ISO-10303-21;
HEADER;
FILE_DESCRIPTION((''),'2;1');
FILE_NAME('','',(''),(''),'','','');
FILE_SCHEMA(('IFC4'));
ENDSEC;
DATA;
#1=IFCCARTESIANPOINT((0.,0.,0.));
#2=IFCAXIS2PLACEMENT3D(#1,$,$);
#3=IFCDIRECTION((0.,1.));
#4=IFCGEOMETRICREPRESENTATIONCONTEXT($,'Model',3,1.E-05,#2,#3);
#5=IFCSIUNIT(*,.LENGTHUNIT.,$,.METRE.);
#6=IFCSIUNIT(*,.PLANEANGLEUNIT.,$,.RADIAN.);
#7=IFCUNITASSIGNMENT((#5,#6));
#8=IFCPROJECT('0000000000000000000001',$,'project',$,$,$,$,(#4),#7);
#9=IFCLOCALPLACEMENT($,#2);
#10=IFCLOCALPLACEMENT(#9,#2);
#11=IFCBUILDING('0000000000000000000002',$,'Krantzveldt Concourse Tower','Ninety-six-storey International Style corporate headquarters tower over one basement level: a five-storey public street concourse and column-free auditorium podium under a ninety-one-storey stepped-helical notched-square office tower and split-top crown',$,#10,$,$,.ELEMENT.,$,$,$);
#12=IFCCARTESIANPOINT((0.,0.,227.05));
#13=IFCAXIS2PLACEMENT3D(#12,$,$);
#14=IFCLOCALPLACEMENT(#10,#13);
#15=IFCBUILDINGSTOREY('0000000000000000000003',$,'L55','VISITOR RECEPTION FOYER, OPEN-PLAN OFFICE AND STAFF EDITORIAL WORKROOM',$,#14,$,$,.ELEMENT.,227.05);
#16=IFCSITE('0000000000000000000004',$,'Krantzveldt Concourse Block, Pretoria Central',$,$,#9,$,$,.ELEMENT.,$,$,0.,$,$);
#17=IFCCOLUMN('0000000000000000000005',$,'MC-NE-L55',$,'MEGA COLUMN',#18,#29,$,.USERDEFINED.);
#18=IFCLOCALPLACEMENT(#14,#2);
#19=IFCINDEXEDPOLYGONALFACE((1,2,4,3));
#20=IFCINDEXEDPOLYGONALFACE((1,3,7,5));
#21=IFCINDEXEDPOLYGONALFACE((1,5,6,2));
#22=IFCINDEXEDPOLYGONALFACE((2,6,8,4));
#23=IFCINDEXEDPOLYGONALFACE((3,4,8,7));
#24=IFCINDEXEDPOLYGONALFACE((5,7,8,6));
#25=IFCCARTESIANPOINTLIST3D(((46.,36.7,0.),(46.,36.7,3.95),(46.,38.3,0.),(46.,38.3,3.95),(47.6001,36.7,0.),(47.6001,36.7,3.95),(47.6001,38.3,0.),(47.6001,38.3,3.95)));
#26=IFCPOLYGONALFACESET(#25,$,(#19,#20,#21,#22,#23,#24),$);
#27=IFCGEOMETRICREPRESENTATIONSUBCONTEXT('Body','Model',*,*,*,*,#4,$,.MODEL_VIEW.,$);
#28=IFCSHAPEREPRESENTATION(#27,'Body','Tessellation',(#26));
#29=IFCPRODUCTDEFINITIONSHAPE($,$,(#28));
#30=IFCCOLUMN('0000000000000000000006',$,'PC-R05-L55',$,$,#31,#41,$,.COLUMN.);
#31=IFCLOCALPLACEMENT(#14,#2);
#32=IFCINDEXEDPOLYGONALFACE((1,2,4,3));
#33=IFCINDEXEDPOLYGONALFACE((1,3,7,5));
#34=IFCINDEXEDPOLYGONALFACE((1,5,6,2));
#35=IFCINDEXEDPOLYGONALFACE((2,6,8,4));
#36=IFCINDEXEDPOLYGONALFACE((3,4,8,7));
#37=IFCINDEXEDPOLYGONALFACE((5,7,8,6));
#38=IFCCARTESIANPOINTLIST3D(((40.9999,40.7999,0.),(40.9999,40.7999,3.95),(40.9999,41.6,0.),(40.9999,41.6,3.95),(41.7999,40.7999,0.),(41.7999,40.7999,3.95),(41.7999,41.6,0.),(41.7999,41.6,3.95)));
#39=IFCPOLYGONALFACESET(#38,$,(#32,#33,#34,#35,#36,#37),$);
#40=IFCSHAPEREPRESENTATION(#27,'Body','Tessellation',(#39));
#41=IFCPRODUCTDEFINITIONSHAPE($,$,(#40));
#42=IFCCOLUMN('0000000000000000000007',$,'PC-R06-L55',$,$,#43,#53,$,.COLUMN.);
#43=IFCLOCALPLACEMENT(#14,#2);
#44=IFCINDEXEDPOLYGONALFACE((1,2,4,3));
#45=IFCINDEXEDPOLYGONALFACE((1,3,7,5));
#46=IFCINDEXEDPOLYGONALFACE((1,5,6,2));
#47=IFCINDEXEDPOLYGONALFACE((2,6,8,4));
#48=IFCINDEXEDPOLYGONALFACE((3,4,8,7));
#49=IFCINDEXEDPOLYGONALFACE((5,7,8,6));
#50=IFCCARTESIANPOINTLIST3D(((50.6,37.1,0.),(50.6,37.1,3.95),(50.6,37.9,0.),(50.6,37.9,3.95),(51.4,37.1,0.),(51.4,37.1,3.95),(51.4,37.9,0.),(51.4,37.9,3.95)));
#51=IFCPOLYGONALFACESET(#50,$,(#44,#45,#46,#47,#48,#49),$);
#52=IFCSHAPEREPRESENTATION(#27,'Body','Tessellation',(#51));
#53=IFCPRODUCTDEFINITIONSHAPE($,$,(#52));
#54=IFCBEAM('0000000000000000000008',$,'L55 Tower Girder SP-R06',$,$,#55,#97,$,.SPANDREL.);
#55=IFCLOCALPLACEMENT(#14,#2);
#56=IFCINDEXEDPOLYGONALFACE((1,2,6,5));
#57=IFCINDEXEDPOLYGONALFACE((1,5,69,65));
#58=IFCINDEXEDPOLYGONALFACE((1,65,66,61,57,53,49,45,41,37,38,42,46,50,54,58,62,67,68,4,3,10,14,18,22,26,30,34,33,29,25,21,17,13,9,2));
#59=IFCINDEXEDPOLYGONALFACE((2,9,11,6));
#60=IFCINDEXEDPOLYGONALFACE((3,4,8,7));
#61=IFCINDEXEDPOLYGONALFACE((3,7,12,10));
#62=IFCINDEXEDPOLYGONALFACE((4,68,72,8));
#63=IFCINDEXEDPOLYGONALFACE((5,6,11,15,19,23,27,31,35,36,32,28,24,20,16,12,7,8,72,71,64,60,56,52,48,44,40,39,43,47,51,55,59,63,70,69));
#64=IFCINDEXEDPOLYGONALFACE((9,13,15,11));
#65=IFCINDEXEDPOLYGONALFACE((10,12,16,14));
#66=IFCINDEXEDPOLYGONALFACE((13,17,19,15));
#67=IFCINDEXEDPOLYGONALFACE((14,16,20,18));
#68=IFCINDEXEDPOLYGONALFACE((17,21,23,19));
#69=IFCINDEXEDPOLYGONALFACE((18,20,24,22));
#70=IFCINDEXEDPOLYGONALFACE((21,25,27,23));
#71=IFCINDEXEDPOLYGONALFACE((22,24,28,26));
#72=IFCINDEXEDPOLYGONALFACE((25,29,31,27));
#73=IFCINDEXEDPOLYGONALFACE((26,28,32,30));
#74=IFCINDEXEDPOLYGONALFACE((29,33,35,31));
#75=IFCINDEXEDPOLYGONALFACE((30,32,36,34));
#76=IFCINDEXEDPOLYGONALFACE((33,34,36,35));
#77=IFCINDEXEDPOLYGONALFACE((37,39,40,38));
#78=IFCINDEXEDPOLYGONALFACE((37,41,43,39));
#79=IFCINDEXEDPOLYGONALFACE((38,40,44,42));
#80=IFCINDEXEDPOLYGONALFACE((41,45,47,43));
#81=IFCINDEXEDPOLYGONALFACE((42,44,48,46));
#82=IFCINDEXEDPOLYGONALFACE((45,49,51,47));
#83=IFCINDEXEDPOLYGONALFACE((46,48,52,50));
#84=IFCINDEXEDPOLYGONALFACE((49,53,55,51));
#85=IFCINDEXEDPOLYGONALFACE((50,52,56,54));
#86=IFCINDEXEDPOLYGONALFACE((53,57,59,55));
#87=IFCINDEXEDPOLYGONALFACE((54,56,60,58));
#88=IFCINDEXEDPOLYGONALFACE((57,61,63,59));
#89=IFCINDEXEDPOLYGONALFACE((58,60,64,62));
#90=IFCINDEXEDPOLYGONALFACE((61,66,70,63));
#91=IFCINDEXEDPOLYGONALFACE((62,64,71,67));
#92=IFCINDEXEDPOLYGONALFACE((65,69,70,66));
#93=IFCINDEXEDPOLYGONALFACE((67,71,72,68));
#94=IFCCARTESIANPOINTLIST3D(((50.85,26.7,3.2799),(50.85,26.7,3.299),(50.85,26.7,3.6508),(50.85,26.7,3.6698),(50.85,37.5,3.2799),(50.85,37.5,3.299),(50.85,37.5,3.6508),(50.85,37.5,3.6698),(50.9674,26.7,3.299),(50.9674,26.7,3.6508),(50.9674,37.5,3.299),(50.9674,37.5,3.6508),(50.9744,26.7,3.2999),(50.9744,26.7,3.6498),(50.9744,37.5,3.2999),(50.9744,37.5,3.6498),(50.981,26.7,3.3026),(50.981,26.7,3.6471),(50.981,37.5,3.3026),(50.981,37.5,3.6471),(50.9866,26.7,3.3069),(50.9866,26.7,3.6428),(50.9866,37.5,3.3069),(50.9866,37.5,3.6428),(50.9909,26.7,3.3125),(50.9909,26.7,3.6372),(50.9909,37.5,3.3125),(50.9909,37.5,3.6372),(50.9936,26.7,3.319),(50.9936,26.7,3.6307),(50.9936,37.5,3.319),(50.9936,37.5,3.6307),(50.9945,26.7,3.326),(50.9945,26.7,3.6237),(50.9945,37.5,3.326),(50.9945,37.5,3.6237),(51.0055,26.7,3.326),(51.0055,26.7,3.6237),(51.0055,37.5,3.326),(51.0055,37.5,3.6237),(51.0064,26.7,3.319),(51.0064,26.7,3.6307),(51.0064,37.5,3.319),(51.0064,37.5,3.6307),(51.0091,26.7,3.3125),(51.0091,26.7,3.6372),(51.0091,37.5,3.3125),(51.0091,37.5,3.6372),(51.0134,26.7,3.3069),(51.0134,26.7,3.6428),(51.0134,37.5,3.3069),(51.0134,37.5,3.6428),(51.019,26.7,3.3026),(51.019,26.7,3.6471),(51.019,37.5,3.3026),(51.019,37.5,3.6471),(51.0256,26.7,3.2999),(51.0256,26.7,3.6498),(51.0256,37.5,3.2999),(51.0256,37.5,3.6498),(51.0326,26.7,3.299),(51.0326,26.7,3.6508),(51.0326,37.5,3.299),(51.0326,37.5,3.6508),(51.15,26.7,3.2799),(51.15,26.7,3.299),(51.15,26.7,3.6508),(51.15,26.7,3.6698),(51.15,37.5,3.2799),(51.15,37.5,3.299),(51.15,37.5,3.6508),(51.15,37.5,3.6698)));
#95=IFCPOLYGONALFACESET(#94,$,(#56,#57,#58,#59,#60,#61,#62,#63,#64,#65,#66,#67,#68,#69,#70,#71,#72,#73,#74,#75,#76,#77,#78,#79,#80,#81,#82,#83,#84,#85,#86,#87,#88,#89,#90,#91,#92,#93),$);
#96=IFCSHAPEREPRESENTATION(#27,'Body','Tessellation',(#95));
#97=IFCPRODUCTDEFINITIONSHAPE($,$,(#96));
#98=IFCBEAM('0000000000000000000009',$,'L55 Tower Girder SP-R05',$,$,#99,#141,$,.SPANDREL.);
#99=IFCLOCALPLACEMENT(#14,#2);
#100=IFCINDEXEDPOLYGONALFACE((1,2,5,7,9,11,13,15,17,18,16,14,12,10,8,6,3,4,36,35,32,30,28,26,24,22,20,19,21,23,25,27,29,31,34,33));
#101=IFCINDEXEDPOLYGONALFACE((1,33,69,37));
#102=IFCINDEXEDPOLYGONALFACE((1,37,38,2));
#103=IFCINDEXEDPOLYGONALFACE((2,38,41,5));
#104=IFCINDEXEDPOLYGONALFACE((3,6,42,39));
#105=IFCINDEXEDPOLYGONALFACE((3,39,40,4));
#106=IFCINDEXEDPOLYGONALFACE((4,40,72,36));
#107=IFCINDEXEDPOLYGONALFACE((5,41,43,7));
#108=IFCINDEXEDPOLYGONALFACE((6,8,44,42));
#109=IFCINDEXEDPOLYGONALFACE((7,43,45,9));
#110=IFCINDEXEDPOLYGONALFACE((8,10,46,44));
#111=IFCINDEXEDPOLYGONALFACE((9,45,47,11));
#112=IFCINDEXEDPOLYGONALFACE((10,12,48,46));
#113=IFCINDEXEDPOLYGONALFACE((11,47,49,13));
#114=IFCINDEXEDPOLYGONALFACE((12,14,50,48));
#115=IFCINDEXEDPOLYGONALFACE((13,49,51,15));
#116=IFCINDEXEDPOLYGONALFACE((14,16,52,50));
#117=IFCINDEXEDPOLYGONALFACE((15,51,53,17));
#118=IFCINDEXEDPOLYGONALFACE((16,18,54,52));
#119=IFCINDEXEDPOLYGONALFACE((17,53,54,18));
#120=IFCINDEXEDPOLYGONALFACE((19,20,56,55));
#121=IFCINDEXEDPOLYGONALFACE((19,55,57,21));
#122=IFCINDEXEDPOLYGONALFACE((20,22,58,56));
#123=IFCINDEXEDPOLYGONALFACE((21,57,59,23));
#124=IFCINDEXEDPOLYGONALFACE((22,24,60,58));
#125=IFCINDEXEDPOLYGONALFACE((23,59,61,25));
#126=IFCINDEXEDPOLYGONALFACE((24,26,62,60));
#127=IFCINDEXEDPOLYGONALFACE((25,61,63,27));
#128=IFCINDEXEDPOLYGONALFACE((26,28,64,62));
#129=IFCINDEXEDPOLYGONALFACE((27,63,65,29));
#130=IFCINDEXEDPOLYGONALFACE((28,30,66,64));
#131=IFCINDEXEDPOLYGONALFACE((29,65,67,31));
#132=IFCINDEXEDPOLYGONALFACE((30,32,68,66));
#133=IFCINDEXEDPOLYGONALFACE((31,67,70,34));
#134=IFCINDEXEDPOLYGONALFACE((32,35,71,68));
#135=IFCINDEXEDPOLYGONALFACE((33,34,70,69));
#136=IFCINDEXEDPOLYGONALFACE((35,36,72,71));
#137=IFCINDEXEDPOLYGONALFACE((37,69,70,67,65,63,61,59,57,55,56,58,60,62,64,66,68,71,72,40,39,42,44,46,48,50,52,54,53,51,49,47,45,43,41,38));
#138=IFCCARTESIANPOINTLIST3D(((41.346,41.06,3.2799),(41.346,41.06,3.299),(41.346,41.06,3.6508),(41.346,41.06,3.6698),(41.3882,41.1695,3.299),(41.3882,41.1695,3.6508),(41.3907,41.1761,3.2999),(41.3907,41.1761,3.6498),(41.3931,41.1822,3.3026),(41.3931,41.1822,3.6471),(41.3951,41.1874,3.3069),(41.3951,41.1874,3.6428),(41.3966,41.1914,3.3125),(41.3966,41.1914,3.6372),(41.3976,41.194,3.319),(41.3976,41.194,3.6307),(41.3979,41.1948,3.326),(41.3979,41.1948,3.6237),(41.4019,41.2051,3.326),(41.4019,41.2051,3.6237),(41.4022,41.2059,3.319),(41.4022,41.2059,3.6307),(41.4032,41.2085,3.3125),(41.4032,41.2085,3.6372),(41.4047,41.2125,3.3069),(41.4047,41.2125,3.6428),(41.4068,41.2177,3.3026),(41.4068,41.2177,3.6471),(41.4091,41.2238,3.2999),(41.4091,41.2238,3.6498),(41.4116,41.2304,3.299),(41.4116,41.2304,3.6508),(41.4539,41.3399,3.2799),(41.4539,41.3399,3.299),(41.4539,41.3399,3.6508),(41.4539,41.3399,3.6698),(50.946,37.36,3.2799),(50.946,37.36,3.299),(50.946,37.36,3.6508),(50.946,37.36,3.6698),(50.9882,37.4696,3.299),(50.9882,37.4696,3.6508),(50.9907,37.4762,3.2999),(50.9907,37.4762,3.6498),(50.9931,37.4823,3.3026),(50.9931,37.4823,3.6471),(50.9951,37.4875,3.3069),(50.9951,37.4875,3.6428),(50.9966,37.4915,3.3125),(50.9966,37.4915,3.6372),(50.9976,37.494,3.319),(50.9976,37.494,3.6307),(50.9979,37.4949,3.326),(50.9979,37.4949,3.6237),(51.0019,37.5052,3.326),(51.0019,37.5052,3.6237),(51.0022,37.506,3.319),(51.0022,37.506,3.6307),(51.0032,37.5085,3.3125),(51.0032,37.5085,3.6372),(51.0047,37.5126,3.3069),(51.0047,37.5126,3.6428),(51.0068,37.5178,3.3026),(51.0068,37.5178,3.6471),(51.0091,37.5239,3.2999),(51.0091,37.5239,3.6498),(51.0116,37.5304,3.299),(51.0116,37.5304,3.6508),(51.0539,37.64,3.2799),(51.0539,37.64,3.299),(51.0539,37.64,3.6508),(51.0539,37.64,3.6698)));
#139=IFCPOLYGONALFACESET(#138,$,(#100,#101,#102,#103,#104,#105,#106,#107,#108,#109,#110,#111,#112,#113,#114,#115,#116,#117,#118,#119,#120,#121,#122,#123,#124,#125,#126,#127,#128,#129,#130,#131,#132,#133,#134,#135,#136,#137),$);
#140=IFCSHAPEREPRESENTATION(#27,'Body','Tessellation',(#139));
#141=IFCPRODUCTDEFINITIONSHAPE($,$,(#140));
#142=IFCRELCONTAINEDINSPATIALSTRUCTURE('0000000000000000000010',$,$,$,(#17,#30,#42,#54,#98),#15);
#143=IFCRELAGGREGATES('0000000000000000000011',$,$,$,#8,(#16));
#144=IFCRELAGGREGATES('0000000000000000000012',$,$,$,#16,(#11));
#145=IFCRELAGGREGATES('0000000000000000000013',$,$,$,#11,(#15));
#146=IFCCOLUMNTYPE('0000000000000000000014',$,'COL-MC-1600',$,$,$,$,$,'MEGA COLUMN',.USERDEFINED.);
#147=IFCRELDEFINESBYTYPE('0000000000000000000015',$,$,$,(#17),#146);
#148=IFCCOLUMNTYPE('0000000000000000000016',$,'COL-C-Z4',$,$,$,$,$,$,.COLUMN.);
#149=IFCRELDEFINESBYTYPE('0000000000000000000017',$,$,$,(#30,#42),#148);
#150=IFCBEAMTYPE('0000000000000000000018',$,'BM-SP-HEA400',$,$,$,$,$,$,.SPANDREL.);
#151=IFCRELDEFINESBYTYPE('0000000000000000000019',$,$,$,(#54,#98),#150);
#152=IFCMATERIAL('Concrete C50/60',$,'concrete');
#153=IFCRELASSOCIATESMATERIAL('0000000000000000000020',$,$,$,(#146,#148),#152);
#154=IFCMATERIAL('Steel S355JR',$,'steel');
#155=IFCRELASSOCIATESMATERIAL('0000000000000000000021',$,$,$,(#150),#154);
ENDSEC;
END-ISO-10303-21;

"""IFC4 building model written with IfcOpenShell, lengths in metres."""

from ifc_helpers import new_model, si_unit, direction, frame, origin, origin_2d, place, context, subcontext, project, spatial, rectangle, i_section, extrude, source, transform, mapped, material, material_profile, profile_set, type_object, type_shapes, element, save


model = new_model("IFC4")

# Units and contexts
model_context = context("Model", 3, precision=1e-05, world=origin(), true_north=direction((0.0, 1.0)))
body_context = subcontext(model_context, "Body", "Model", "MODEL_VIEW")
ifc_project = project(units=[si_unit("LENGTHUNIT", "METRE"), si_unit("PLANEANGLEUNIT", "RADIAN")], contexts=[model_context])

# Site, building, storey
site_placement = place(None, origin())
site = spatial("IfcSite", under=ifc_project, at=site_placement, Name="Krantzveldt Concourse Block, Pretoria Central", CompositionType="ELEMENT", RefElevation=0.0)
building_placement = place(site_placement, origin())
building = spatial("IfcBuilding", under=site, at=building_placement, Name="Krantzveldt Concourse Tower", Description="Ninety-six-storey International Style corporate headquarters tower over one basement level: a five-storey public street concourse and column-free auditorium podium under a ninety-one-storey stepped-helical notched-square office tower and split-top crown", CompositionType="ELEMENT")
storey_placement = place(building_placement, frame((0.0, 0.0, 227.05)))
storey = spatial("IfcBuildingStorey", under=building, at=storey_placement, Name="L55", Description="VISITOR RECEPTION FOYER, OPEN-PLAN OFFICE AND STAFF EDITORIAL WORKROOM", CompositionType="ELEMENT", Elevation=227.05)

# Columns
ifc_material_1 = material(Name="Concrete C50/60", Category="concrete")
ifc_material_profile_1 = material_profile(ifc_material_1, rectangle(XDim=1.6001, YDim=1.6001, at=origin_2d()), Name="Concrete C50/60", Category="concrete")
ifc_profile_set_1 = profile_set([ifc_material_profile_1], Name="Concrete C50/60 - RC 1600x1600")
column_type_1 = type_object("IfcColumnType", Name="COL-MC-1600", ElementType="MEGA COLUMN", PredefinedType="USERDEFINED", material=ifc_profile_set_1)
shared_shape_1 = source(origin(), body_context, "Body", "SweptSolid", [
    extrude(rectangle(XDim=1.6001, YDim=1.6001, at=origin_2d()), origin(), (0.0, 0.0, 1.0), 3.95),
])
type_shapes(column_type_1, [shared_shape_1])
column_placement = place(storey_placement, frame((46.8, 37.5, 0.0), z_axis=(0.0, 0.0, 1.0), x_axis=(1.0, 0.0, 0.0)))
element("IfcColumn", 1, at=column_placement, inside=storey, type_object=column_type_1, Name="MC-NE-L55", ObjectType="MEGA COLUMN", PredefinedType="USERDEFINED", context=body_context, shape_type="MappedRepresentation", body=[
    mapped(shared_shape_1, transform((0.0, 0.0, 0.0), x_axis=(1.0, 0.0, 0.0), y_axis=(0.0, 1.0, 0.0), z_axis=(0.0, 0.0, 1.0), scale=1.0)),
])
ifc_material_profile_2 = material_profile(ifc_material_1, rectangle(XDim=0.8, YDim=0.8, at=origin_2d()), Name="Concrete C50/60", Category="concrete")
ifc_profile_set_2 = profile_set([ifc_material_profile_2], Name="Concrete C50/60 - RC 800x800")
column_type_2 = type_object("IfcColumnType", Name="COL-C-Z4", PredefinedType="COLUMN", material=ifc_profile_set_2)
shared_shape_2 = source(origin(), body_context, "Body", "SweptSolid", [
    extrude(rectangle(XDim=0.8, YDim=0.8, at=origin_2d()), origin(), (0.0, 0.0, 1.0), 3.95),
])
type_shapes(column_type_2, [shared_shape_2])
for number, where, z_axis, x_axis, name in (
    (2, (41.3999, 41.2, 0.0), (0.0, 0.0, 1.0), (1.0, 0.0, 0.0), "PC-R05-L55"),
    (3, (51.0, 37.5, 0.0), (0.0, 0.0, 1.0), (1.0, 0.0, 0.0), "PC-R06-L55"),
):
    element("IfcColumn", number, at=place(storey_placement, frame(where, z_axis=z_axis, x_axis=x_axis)), inside=storey, type_object=column_type_2, Name=name, PredefinedType="COLUMN", context=body_context, shape_type="MappedRepresentation", body=[
        mapped(shared_shape_2, transform((0.0, 0.0, 0.0), x_axis=(1.0, 0.0, 0.0), y_axis=(0.0, 1.0, 0.0), z_axis=(0.0, 0.0, 1.0), scale=1.0)),
    ])

# Beams
ifc_material_2 = material(Name="Steel S355JR", Category="steel")
ifc_material_profile_3 = material_profile(ifc_material_2, i_section(OverallWidth=0.3, OverallDepth=0.3899, WebThickness=0.011, FlangeThickness=0.019, FilletRadius=0.0271, at=origin_2d()), Name="Steel S355JR", Category="steel")
ifc_profile_set_3 = profile_set([ifc_material_profile_3], Name="Steel S355JR - HEA 400")
beam_type_1 = type_object("IfcBeamType", Name="BM-SP-HEA400", PredefinedType="SPANDREL", material=ifc_profile_set_3)
shared_shape_3 = source(origin(), body_context, "Body", "SweptSolid", [
    extrude(i_section(OverallWidth=0.3, OverallDepth=0.3899, WebThickness=0.011, FlangeThickness=0.019, FilletRadius=0.0271, at=origin_2d()), origin(), (0.0, 0.0, 1.0), 10.8),
])
beam_1_placement = place(storey_placement, frame((51.0, 37.5, 3.4749), z_axis=(0.0, -1.0, 0.0), x_axis=(1.0, 0.0, 0.0)))
element("IfcBeam", 4, at=beam_1_placement, inside=storey, type_object=beam_type_1, Name="L55 Tower Girder SP-R06", PredefinedType="SPANDREL", context=body_context, shape_type="MappedRepresentation", body=[
    mapped(shared_shape_3, transform((0.0, 0.0, 0.0), x_axis=(1.0, 0.0, 0.0), y_axis=(0.0, 1.0, 0.0), z_axis=(0.0, 0.0, 1.0), scale=1.0)),
])
shared_shape_4 = source(origin(), body_context, "Body", "SweptSolid", [
    extrude(i_section(OverallWidth=0.3, OverallDepth=0.3899, WebThickness=0.011, FlangeThickness=0.019, FilletRadius=0.0271, at=origin_2d()), origin(), (0.0, 0.0, 1.0), 10.2883),
])
type_shapes(beam_type_1, [shared_shape_3, shared_shape_4])
beam_2_placement = place(storey_placement, frame((41.3999, 41.2, 3.4749), z_axis=(0.933098, -0.359623, 0.0), x_axis=(0.359623, 0.933098, 0.0)))
element("IfcBeam", 5, at=beam_2_placement, inside=storey, type_object=beam_type_1, Name="L55 Tower Girder SP-R05", PredefinedType="SPANDREL", context=body_context, shape_type="MappedRepresentation", body=[
    mapped(shared_shape_4, transform((0.0, 0.0, 0.0), x_axis=(1.0, 0.0, 0.0), y_axis=(0.0, 1.0, 0.0), z_axis=(0.0, 0.0, 1.0), scale=1.0)),
])

save(model, "model.ifc")
